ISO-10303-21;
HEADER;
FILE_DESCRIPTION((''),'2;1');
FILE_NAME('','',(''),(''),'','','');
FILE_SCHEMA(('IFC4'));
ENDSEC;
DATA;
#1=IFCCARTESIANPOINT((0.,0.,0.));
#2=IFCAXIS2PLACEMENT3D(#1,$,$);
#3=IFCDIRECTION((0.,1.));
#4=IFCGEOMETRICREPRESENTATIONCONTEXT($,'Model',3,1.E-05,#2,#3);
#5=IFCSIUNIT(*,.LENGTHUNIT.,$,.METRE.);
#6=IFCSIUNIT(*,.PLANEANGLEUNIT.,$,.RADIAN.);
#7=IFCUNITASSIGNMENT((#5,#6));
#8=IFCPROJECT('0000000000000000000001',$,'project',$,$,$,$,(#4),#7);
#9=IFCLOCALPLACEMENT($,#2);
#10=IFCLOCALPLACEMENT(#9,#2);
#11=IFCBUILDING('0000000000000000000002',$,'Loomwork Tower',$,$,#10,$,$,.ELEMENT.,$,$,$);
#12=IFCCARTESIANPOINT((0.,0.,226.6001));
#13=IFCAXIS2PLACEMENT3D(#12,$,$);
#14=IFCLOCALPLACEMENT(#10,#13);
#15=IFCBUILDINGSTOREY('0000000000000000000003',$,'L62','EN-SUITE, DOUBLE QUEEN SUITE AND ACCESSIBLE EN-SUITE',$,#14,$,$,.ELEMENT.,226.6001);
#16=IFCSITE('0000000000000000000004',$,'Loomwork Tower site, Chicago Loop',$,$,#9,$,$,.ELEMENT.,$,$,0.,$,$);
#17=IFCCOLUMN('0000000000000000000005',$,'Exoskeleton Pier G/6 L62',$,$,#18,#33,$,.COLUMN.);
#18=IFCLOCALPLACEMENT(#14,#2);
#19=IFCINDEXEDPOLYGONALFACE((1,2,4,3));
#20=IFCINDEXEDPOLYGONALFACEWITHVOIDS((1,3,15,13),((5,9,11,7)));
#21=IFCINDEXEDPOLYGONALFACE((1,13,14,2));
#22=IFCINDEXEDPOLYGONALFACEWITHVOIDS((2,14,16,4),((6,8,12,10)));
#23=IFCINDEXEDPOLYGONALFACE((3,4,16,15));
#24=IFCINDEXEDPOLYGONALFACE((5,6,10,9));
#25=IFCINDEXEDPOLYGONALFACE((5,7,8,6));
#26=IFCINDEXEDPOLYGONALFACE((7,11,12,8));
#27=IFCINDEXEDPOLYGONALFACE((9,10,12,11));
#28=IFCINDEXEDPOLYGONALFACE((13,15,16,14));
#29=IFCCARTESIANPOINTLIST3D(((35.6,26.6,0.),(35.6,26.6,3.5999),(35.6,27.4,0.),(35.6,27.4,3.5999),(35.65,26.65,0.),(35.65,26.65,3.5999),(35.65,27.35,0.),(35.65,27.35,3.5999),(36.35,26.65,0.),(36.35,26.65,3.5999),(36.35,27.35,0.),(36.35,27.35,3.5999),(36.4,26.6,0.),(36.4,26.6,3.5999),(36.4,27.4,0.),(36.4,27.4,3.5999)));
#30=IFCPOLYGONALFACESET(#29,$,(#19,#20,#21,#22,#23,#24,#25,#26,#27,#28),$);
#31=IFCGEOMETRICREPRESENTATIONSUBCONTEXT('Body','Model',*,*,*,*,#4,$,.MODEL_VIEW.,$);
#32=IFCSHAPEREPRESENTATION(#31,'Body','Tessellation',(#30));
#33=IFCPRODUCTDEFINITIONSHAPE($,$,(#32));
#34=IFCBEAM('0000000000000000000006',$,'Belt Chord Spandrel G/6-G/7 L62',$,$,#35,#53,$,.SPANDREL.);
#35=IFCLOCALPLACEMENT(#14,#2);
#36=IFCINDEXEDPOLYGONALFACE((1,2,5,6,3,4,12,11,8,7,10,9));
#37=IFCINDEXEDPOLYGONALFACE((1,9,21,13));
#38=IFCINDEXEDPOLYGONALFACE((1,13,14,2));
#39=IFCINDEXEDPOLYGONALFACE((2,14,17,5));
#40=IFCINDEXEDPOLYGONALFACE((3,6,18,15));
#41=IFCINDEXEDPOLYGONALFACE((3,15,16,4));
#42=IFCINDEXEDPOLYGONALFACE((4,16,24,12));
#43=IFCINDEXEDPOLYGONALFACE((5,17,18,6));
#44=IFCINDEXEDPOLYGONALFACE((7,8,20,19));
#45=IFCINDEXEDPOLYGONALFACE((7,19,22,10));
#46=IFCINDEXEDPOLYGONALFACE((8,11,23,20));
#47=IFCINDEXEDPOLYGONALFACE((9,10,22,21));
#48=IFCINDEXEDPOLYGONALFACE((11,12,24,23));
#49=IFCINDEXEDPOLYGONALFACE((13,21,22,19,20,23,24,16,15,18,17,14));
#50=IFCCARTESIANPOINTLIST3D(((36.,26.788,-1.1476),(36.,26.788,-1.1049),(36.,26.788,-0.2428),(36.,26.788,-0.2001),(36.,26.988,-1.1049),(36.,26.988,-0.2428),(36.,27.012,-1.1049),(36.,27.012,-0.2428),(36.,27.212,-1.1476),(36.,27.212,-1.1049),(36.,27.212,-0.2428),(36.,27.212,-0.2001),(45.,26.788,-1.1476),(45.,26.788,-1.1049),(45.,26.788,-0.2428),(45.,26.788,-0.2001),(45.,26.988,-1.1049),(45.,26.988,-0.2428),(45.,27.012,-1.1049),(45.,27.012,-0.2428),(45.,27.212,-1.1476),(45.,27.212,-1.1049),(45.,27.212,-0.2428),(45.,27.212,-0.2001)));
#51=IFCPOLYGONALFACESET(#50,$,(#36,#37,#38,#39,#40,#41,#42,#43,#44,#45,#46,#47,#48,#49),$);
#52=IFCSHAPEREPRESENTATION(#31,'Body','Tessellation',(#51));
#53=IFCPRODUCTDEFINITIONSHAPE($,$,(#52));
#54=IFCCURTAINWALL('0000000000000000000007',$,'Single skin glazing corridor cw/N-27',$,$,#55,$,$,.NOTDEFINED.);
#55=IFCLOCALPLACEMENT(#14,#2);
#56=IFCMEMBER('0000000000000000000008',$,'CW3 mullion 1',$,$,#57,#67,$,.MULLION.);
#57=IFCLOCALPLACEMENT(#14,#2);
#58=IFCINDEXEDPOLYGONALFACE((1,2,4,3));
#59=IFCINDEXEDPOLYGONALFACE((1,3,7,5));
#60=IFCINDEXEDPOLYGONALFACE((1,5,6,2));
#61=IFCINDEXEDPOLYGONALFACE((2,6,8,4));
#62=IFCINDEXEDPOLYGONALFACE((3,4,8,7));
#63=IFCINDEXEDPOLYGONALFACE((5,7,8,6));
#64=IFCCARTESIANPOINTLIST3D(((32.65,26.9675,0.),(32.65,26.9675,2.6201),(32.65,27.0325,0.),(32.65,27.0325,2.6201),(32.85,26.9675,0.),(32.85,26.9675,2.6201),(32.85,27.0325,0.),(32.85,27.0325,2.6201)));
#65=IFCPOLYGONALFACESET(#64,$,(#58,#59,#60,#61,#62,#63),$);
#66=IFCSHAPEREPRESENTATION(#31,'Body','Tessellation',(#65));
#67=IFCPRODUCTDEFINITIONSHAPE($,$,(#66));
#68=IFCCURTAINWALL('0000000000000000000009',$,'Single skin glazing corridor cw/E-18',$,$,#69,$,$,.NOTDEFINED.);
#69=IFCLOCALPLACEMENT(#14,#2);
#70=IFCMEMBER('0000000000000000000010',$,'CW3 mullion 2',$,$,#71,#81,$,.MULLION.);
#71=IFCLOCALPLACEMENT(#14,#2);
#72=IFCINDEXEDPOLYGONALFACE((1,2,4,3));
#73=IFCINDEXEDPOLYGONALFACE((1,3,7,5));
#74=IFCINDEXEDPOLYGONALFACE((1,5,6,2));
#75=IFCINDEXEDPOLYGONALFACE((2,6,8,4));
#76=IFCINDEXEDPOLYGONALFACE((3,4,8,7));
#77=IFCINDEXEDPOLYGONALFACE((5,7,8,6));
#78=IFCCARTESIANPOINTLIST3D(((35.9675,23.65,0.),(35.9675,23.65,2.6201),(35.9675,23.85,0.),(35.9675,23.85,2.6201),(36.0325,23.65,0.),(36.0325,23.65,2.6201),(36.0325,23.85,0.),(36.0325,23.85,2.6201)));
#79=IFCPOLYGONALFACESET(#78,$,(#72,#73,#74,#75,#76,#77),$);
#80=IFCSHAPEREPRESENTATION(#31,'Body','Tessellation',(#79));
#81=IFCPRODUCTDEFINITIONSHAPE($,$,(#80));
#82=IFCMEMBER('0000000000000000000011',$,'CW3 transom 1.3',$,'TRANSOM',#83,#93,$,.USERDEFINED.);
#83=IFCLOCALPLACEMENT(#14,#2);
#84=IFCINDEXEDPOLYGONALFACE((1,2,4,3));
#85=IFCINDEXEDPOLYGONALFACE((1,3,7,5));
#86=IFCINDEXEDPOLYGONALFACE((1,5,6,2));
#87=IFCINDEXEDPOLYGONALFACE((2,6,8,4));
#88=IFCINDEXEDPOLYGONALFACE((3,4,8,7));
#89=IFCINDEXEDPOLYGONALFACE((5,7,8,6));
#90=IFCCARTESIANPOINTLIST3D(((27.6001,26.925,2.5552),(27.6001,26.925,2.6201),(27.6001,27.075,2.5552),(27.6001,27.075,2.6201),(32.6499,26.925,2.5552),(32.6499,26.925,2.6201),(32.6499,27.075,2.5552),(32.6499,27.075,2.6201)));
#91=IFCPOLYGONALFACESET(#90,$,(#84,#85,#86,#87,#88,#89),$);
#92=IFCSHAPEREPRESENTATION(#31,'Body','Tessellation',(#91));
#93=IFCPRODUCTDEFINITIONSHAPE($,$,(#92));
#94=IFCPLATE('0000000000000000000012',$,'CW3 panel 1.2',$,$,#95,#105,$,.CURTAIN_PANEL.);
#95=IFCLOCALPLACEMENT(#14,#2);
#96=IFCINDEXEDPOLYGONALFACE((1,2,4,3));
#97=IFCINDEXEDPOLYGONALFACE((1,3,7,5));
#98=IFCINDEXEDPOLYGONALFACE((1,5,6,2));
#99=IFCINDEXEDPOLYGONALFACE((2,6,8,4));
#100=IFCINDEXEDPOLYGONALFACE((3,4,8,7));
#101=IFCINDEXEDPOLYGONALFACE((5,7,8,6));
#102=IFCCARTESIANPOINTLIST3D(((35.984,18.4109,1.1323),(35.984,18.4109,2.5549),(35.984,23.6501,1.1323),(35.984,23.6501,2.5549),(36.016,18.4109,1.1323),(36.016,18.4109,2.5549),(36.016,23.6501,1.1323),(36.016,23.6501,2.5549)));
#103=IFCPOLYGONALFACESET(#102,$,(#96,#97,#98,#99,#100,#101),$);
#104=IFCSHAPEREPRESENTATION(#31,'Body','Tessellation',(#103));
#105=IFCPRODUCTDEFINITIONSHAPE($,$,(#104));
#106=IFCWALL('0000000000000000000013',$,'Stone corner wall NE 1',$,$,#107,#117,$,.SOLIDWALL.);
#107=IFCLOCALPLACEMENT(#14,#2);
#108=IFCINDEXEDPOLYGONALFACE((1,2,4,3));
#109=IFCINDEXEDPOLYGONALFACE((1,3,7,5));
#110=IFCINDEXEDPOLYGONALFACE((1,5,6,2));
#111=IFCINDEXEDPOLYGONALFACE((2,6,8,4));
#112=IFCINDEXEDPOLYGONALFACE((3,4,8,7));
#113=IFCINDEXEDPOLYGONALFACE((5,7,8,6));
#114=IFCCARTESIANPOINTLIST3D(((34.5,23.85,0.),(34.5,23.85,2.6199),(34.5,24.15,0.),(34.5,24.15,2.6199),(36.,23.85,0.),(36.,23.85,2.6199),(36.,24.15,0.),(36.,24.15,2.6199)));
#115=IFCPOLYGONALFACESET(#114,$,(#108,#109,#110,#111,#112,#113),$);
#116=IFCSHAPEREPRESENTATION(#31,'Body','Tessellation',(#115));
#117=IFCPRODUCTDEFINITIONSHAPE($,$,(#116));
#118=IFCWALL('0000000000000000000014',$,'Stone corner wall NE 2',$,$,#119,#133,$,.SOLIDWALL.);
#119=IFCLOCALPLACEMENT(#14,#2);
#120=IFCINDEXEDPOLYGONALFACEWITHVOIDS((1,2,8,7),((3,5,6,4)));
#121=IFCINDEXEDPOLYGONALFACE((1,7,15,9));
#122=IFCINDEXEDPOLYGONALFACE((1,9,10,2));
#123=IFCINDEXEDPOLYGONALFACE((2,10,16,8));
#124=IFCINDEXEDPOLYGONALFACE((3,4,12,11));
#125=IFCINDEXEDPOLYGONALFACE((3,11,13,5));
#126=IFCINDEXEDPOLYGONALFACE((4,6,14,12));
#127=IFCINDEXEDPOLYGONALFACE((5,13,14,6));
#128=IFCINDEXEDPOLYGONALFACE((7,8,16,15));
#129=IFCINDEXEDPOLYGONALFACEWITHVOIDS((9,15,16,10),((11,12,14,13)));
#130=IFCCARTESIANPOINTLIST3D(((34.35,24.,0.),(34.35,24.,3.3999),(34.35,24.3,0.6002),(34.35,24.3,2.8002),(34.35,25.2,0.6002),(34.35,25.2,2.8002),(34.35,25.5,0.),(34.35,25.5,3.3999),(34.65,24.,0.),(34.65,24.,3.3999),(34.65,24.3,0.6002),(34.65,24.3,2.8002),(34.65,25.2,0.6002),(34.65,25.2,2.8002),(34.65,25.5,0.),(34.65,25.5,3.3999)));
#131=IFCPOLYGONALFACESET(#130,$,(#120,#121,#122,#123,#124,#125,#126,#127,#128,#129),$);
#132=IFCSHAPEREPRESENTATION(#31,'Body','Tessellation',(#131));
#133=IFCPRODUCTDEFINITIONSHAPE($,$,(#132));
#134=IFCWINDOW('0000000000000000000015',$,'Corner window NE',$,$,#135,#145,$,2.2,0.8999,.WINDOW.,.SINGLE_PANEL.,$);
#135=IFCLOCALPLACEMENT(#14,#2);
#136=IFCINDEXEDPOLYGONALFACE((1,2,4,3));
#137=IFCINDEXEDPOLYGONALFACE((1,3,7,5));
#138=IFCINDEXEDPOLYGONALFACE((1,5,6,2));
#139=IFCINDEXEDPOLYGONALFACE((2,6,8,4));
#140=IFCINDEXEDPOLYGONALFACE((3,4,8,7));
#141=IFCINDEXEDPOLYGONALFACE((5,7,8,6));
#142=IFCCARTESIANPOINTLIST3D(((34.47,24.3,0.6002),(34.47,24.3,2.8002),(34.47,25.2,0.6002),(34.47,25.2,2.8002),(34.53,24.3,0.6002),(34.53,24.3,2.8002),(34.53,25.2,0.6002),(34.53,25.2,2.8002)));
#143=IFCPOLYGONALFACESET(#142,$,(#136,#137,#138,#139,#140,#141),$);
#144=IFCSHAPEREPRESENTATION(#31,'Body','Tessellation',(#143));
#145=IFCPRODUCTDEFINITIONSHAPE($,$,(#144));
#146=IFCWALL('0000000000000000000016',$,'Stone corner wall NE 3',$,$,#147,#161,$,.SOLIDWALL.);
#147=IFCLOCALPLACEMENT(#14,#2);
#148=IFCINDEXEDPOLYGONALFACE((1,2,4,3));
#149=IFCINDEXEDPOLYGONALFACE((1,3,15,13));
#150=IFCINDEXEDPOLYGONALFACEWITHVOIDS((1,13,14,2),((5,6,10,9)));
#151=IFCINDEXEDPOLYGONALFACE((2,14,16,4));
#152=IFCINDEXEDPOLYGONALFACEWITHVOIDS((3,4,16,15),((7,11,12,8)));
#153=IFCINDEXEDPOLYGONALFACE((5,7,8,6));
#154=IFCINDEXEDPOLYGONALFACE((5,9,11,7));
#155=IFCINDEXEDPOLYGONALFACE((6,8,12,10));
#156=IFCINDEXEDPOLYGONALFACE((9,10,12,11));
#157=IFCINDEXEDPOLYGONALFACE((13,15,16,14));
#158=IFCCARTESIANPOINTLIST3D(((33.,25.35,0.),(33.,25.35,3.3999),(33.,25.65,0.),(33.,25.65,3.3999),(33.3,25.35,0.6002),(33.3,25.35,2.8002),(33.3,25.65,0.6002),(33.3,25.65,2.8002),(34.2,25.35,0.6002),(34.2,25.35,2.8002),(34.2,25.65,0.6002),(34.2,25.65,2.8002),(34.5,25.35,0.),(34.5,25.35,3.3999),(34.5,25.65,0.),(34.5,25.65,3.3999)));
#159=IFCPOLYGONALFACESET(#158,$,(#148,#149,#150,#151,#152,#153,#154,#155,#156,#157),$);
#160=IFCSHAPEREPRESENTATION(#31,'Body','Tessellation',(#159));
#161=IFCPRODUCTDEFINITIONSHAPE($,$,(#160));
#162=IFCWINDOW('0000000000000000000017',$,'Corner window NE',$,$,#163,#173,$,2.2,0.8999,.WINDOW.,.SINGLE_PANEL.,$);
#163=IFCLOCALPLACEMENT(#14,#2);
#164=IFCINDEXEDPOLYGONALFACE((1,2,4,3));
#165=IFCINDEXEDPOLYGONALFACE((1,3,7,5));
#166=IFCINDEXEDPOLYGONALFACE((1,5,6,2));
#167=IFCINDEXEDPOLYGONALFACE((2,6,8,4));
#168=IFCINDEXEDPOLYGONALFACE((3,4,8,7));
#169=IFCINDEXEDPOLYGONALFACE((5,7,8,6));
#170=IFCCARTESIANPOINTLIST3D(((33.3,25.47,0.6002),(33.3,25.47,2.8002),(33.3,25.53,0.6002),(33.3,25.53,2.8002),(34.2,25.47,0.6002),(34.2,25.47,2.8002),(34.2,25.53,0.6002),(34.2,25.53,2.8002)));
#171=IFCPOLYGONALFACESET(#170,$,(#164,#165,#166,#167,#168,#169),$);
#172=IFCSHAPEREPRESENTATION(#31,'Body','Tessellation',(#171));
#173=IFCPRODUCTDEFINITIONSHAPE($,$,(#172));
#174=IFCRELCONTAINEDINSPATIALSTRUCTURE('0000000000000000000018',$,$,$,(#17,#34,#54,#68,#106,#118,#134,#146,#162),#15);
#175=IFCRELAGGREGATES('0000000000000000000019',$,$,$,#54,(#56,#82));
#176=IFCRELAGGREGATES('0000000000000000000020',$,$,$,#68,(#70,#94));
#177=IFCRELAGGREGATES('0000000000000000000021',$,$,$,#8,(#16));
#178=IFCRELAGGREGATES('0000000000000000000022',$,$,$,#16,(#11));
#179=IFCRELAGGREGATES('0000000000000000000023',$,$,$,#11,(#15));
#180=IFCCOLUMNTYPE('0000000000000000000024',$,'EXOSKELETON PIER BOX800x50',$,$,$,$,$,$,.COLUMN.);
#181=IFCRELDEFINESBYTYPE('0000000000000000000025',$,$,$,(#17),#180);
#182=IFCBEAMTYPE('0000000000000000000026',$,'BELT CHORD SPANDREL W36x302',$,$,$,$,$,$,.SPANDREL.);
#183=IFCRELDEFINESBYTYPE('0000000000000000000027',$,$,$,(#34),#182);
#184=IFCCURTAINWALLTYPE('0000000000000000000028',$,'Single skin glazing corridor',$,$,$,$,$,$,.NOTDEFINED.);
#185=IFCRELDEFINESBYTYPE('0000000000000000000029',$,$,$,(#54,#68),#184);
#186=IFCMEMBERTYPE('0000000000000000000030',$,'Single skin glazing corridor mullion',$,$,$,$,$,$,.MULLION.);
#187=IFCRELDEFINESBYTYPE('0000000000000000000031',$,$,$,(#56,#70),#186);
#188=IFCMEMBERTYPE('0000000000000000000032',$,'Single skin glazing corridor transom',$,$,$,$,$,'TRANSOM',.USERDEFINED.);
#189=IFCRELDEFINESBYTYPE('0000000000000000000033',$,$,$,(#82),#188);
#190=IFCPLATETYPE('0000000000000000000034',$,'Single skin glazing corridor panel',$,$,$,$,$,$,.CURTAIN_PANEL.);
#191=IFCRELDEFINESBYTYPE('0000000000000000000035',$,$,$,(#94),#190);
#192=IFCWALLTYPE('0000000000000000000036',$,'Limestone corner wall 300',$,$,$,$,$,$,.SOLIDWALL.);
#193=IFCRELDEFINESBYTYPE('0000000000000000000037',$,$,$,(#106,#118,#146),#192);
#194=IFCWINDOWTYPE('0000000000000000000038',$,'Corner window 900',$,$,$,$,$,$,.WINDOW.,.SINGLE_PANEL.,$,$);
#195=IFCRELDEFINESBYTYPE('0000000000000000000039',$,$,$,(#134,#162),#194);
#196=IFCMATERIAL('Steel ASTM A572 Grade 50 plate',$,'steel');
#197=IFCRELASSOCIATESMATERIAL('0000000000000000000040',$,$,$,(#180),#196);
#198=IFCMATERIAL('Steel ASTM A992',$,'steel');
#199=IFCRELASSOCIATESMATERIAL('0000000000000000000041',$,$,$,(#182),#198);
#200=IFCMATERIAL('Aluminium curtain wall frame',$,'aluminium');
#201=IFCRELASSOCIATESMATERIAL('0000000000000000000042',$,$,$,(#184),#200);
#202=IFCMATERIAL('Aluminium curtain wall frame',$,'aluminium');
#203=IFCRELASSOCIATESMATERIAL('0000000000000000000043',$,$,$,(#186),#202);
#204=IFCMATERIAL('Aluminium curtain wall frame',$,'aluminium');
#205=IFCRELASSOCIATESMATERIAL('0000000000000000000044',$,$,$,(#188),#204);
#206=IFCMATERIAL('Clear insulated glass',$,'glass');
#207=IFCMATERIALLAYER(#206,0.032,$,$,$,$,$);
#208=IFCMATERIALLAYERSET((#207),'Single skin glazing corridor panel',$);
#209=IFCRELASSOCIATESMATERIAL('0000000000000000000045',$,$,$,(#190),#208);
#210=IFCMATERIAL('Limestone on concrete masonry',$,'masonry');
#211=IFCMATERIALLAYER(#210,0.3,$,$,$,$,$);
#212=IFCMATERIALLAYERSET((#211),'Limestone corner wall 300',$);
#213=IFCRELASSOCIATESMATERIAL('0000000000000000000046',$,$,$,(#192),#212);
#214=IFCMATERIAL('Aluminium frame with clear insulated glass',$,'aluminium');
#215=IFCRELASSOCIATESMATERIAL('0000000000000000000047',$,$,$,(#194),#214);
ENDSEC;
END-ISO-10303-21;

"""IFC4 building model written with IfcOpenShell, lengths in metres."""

from ifc_helpers import new_model, si_unit, direction, frame, frame_2d, origin, origin_2d, place, context, subcontext, project, spatial, rectangle, hollow_rectangle, i_section, extrude, material, layer, layer_set, material_profile, profile_set, type_object, element, fill, aggregate, save


model = new_model("IFC4")

# Units and contexts
model_context = context("Model", 3, precision=1e-05, world=origin(), true_north=direction((0.0, 1.0)))
body_context = subcontext(model_context, "Body", "Model", "MODEL_VIEW")
ifc_project = project(units=[si_unit("LENGTHUNIT", "METRE"), si_unit("PLANEANGLEUNIT", "RADIAN")], contexts=[model_context])

# Site, building, storey
site_placement = place(None, origin())
site = spatial("IfcSite", under=ifc_project, at=site_placement, Name="Loomwork Tower site, Chicago Loop", CompositionType="ELEMENT", RefElevation=0.0)
building_placement = place(site_placement, origin())
building = spatial("IfcBuilding", under=site, at=building_placement, Name="Loomwork Tower", CompositionType="ELEMENT")
storey_placement = place(building_placement, frame((0.0, 0.0, 226.6001)))
storey = spatial("IfcBuildingStorey", under=building, at=storey_placement, Name="L62", Description="EN-SUITE, DOUBLE QUEEN SUITE AND ACCESSIBLE EN-SUITE", CompositionType="ELEMENT", Elevation=226.6001)

# Column
ifc_material_1 = material(Name="Steel ASTM A572 Grade 50 plate", Category="steel")
ifc_material_profile_1 = material_profile(ifc_material_1, hollow_rectangle(XDim=0.8, YDim=0.8, WallThickness=0.05, at=origin_2d()), Name="BOX800x50")
ifc_profile_set_1 = profile_set([ifc_material_profile_1], Name="Steel ASTM A572 Grade 50 plate")
column_type = type_object("IfcColumnType", Name="EXOSKELETON PIER BOX800x50", PredefinedType="COLUMN", material=ifc_profile_set_1)
column_placement = place(storey_placement, frame((36.0, 27.0, 0.0), z_axis=(0.0, 0.0, 1.0), x_axis=(1.0, 0.0, 0.0)))
element("IfcColumn", 1, at=column_placement, inside=storey, type_object=column_type, Name="Exoskeleton Pier G/6 L62", PredefinedType="COLUMN", context=body_context, shape_type="SweptSolid", body=[
    extrude(hollow_rectangle(XDim=0.8, YDim=0.8, WallThickness=0.05, at=origin_2d()), origin(), (0.0, 0.0, 1.0), 3.5999),
])

# Beam
ifc_material_2 = material(Name="Steel ASTM A992", Category="steel")
ifc_material_profile_2 = material_profile(ifc_material_2, i_section(OverallWidth=0.4241, OverallDepth=0.9475, WebThickness=0.0239, FlangeThickness=0.0427, at=origin_2d()), Name="W36x302")
ifc_profile_set_2 = profile_set([ifc_material_profile_2], Name="Steel ASTM A992")
beam_type = type_object("IfcBeamType", Name="BELT CHORD SPANDREL W36x302", PredefinedType="SPANDREL", material=ifc_profile_set_2)
beam_placement = place(storey_placement, frame((36.0, 27.0, -0.6738), z_axis=(1.0, 0.0, 0.0), x_axis=(0.0, 1.0, 0.0)))
element("IfcBeam", 2, at=beam_placement, inside=storey, type_object=beam_type, Name="Belt Chord Spandrel G/6-G/7 L62", PredefinedType="SPANDREL", context=body_context, shape_type="SweptSolid", body=[
    extrude(i_section(OverallWidth=0.4241, OverallDepth=0.9475, WebThickness=0.0239, FlangeThickness=0.0427, at=origin_2d()), origin(), (0.0, 0.0, 1.0), 9.0),
])

# Curtain walls, members
ifc_material_3 = material(Name="Aluminium curtain wall frame", Category="aluminium")
curtain_wall_type = type_object("IfcCurtainWallType", Name="Single skin glazing corridor", PredefinedType="NOTDEFINED", material=ifc_material_3)
curtain_wall_1_placement = place(storey_placement, origin())
curtain_wall_1 = element("IfcCurtainWall", 3, at=curtain_wall_1_placement, inside=storey, type_object=curtain_wall_type, Name="Single skin glazing corridor cw/N-27", PredefinedType="NOTDEFINED")
ifc_material_4 = material(Name="Aluminium curtain wall frame", Category="aluminium")
ifc_material_profile_3 = material_profile(ifc_material_4, rectangle(XDim=0.0649, YDim=0.2, at=origin_2d()), Name="AL 65x200")
ifc_profile_set_3 = profile_set([ifc_material_profile_3], Name="Aluminium curtain wall frame")
member_type_1 = type_object("IfcMemberType", Name="Single skin glazing corridor mullion", PredefinedType="MULLION", material=ifc_profile_set_3)
member_1_placement = place(storey_placement, frame((32.75, 27.0, 0.0), z_axis=(0.0, 0.0, 1.0), x_axis=(0.0, -1.0, 0.0)))
member_1 = element("IfcMember", 4, at=member_1_placement, type_object=member_type_1, Name="CW3 mullion 1", PredefinedType="MULLION", context=body_context, shape_type="SweptSolid", body=[
    extrude(rectangle(XDim=0.0649, YDim=0.2, at=origin_2d()), origin(), (0.0, 0.0, 1.0), 2.6201),
])
curtain_wall_2_placement = place(storey_placement, origin())
curtain_wall_2 = element("IfcCurtainWall", 5, at=curtain_wall_2_placement, inside=storey, type_object=curtain_wall_type, Name="Single skin glazing corridor cw/E-18", PredefinedType="NOTDEFINED")
member_2_placement = place(storey_placement, frame((36.0, 23.75, 0.0), z_axis=(0.0, 0.0, 1.0), x_axis=(-1.0, 0.0, 0.0)))
member_2 = element("IfcMember", 6, at=member_2_placement, type_object=member_type_1, Name="CW3 mullion 2", PredefinedType="MULLION", context=body_context, shape_type="SweptSolid", body=[
    extrude(rectangle(XDim=0.0649, YDim=0.2, at=origin_2d()), origin(), (0.0, 0.0, 1.0), 2.6201),
])

# Member
ifc_material_5 = material(Name="Aluminium curtain wall frame", Category="aluminium")
ifc_material_profile_4 = material_profile(ifc_material_5, rectangle(XDim=0.1499, YDim=0.0649, at=origin_2d()), Name="AL 65x150")
ifc_profile_set_4 = profile_set([ifc_material_profile_4], Name="Aluminium curtain wall frame")
member_type_2 = type_object("IfcMemberType", Name="Single skin glazing corridor transom", ElementType="TRANSOM", PredefinedType="USERDEFINED", material=ifc_profile_set_4)
member_3_placement = place(storey_placement, frame((32.6499, 27.0, 2.5876), z_axis=(-1.0, 0.0, 0.0), x_axis=(0.0, -1.0, 0.0)))
member_3 = element("IfcMember", 7, at=member_3_placement, type_object=member_type_2, Name="CW3 transom 1.3", ObjectType="TRANSOM", PredefinedType="USERDEFINED", context=body_context, shape_type="SweptSolid", body=[
    extrude(rectangle(XDim=0.1499, YDim=0.0649, at=origin_2d()), origin(), (0.0, 0.0, 1.0), 5.0498),
])
aggregate(curtain_wall_1, [member_1, member_3])

# Plate
ifc_material_6 = material(Name="Clear insulated glass", Category="glass")
ifc_layer_1 = layer(ifc_material_6, 0.032)
ifc_layer_set_1 = layer_set([ifc_layer_1], Name="Single skin glazing corridor panel")
plate_type = type_object("IfcPlateType", Name="Single skin glazing corridor panel", PredefinedType="CURTAIN_PANEL", material=ifc_layer_set_1)
plate_placement = place(storey_placement, frame((36.0, 21.0305, 1.1323), z_axis=(0.0, 0.0, 1.0), x_axis=(0.0, 1.0, 0.0)))
plate = element("IfcPlate", 8, at=plate_placement, type_object=plate_type, Name="CW3 panel 1.2", PredefinedType="CURTAIN_PANEL", context=body_context, shape_type="SweptSolid", body=[
    extrude(rectangle(XDim=5.2393, YDim=0.032, at=origin_2d()), origin(), (0.0, 0.0, 1.0), 1.4226),
])
aggregate(curtain_wall_2, [member_2, plate])

# Wall
ifc_material_7 = material(Name="Limestone on concrete masonry", Category="masonry")
ifc_layer_2 = layer(ifc_material_7, 0.3)
ifc_layer_set_2 = layer_set([ifc_layer_2], Name="Limestone corner wall 300")
wall_type_1 = type_object("IfcWallType", Name="Limestone corner wall 300", PredefinedType="SOLIDWALL", material=ifc_layer_set_2)
wall_1_placement = place(storey_placement, frame((36.0, 24.0, 0.0), z_axis=(0.0, 0.0, 1.0), x_axis=(-1.0, 0.0, 0.0)))
element("IfcWall", 9, at=wall_1_placement, inside=storey, type_object=wall_type_1, Name="Stone corner wall NE 1", PredefinedType="SOLIDWALL", context=body_context, shape_type="SweptSolid", body=[
    extrude(rectangle(XDim=1.5, YDim=0.3, at=frame_2d((0.75, 0.0))), origin(), (0.0, 0.0, 1.0), 2.6199),
])

# Walls, openings, windows
wall_2_placement = place(storey_placement, frame((34.5, 24.0, 0.0), z_axis=(0.0, 0.0, 1.0), x_axis=(0.0, 1.0, 0.0)))
wall_2 = element("IfcWall", 10, at=wall_2_placement, inside=storey, type_object=wall_type_1, Name="Stone corner wall NE 2", PredefinedType="SOLIDWALL", context=body_context, shape_type="SweptSolid", body=[
    extrude(rectangle(XDim=1.5, YDim=0.3, at=frame_2d((0.75, 0.0))), origin(), (0.0, 0.0, 1.0), 3.3999),
])
opening_1_placement = place(wall_2_placement, frame((0.3, 0.0, 0.6001)))
opening_1 = element("IfcOpeningElement", 11, at=opening_1_placement, cuts=wall_2, PredefinedType="OPENING", context=body_context, shape_type="SweptSolid", body=[
    extrude(rectangle(XDim=0.8999, YDim=2.2, at=frame_2d((0.45, 1.1001))), frame((0.0, 0.1599, 0.0), z_axis=(0.0, -1.0, 0.0), x_axis=(1.0, 0.0, 0.0)), (0.0, 0.0, 1.0), 0.3201),
])
ifc_material_8 = material(Name="Aluminium frame with clear insulated glass", Category="aluminium")
window_type = type_object("IfcWindowType", Name="Corner window 900", PartitioningType="SINGLE_PANEL", PredefinedType="WINDOW", material=ifc_material_8)
window_1_placement = place(opening_1_placement, origin())
window_1 = element("IfcWindow", 12, at=window_1_placement, inside=storey, type_object=window_type, Name="Corner window NE", OverallHeight=2.2, OverallWidth=0.8999, PartitioningType="SINGLE_PANEL", PredefinedType="WINDOW", context=body_context, shape_type="SweptSolid", body=[
    extrude(rectangle(XDim=0.8999, YDim=2.2, at=frame_2d((0.45, 1.1001))), frame((0.0, 0.03, 0.0), z_axis=(0.0, -1.0, 0.0), x_axis=(1.0, 0.0, 0.0)), (0.0, 0.0, 1.0), 0.0601),
])
fill(opening_1, window_1)
wall_3_placement = place(storey_placement, frame((34.5, 25.5, 0.0), z_axis=(0.0, 0.0, 1.0), x_axis=(-1.0, 0.0, 0.0)))
wall_3 = element("IfcWall", 13, at=wall_3_placement, inside=storey, type_object=wall_type_1, Name="Stone corner wall NE 3", PredefinedType="SOLIDWALL", context=body_context, shape_type="SweptSolid", body=[
    extrude(rectangle(XDim=1.5, YDim=0.3, at=frame_2d((0.75, 0.0))), origin(), (0.0, 0.0, 1.0), 3.3999),
])
opening_2_placement = place(wall_3_placement, frame((0.3, 0.0, 0.6001)))
opening_2 = element("IfcOpeningElement", 14, at=opening_2_placement, cuts=wall_3, PredefinedType="OPENING", context=body_context, shape_type="SweptSolid", body=[
    extrude(rectangle(XDim=0.8999, YDim=2.2, at=frame_2d((0.45, 1.1001))), frame((0.0, 0.1599, 0.0), z_axis=(0.0, -1.0, 0.0), x_axis=(1.0, 0.0, 0.0)), (0.0, 0.0, 1.0), 0.3201),
])
window_2_placement = place(opening_2_placement, origin())
window_2 = element("IfcWindow", 15, at=window_2_placement, inside=storey, type_object=window_type, Name="Corner window NE", OverallHeight=2.2, OverallWidth=0.8999, PartitioningType="SINGLE_PANEL", PredefinedType="WINDOW", context=body_context, shape_type="SweptSolid", body=[
    extrude(rectangle(XDim=0.8999, YDim=2.2, at=frame_2d((0.45, 1.1001))), frame((0.0, 0.03, 0.0), z_axis=(0.0, -1.0, 0.0), x_axis=(1.0, 0.0, 0.0)), (0.0, 0.0, 1.0), 0.0601),
])
fill(opening_2, window_2)

save(model, "model.ifc")
